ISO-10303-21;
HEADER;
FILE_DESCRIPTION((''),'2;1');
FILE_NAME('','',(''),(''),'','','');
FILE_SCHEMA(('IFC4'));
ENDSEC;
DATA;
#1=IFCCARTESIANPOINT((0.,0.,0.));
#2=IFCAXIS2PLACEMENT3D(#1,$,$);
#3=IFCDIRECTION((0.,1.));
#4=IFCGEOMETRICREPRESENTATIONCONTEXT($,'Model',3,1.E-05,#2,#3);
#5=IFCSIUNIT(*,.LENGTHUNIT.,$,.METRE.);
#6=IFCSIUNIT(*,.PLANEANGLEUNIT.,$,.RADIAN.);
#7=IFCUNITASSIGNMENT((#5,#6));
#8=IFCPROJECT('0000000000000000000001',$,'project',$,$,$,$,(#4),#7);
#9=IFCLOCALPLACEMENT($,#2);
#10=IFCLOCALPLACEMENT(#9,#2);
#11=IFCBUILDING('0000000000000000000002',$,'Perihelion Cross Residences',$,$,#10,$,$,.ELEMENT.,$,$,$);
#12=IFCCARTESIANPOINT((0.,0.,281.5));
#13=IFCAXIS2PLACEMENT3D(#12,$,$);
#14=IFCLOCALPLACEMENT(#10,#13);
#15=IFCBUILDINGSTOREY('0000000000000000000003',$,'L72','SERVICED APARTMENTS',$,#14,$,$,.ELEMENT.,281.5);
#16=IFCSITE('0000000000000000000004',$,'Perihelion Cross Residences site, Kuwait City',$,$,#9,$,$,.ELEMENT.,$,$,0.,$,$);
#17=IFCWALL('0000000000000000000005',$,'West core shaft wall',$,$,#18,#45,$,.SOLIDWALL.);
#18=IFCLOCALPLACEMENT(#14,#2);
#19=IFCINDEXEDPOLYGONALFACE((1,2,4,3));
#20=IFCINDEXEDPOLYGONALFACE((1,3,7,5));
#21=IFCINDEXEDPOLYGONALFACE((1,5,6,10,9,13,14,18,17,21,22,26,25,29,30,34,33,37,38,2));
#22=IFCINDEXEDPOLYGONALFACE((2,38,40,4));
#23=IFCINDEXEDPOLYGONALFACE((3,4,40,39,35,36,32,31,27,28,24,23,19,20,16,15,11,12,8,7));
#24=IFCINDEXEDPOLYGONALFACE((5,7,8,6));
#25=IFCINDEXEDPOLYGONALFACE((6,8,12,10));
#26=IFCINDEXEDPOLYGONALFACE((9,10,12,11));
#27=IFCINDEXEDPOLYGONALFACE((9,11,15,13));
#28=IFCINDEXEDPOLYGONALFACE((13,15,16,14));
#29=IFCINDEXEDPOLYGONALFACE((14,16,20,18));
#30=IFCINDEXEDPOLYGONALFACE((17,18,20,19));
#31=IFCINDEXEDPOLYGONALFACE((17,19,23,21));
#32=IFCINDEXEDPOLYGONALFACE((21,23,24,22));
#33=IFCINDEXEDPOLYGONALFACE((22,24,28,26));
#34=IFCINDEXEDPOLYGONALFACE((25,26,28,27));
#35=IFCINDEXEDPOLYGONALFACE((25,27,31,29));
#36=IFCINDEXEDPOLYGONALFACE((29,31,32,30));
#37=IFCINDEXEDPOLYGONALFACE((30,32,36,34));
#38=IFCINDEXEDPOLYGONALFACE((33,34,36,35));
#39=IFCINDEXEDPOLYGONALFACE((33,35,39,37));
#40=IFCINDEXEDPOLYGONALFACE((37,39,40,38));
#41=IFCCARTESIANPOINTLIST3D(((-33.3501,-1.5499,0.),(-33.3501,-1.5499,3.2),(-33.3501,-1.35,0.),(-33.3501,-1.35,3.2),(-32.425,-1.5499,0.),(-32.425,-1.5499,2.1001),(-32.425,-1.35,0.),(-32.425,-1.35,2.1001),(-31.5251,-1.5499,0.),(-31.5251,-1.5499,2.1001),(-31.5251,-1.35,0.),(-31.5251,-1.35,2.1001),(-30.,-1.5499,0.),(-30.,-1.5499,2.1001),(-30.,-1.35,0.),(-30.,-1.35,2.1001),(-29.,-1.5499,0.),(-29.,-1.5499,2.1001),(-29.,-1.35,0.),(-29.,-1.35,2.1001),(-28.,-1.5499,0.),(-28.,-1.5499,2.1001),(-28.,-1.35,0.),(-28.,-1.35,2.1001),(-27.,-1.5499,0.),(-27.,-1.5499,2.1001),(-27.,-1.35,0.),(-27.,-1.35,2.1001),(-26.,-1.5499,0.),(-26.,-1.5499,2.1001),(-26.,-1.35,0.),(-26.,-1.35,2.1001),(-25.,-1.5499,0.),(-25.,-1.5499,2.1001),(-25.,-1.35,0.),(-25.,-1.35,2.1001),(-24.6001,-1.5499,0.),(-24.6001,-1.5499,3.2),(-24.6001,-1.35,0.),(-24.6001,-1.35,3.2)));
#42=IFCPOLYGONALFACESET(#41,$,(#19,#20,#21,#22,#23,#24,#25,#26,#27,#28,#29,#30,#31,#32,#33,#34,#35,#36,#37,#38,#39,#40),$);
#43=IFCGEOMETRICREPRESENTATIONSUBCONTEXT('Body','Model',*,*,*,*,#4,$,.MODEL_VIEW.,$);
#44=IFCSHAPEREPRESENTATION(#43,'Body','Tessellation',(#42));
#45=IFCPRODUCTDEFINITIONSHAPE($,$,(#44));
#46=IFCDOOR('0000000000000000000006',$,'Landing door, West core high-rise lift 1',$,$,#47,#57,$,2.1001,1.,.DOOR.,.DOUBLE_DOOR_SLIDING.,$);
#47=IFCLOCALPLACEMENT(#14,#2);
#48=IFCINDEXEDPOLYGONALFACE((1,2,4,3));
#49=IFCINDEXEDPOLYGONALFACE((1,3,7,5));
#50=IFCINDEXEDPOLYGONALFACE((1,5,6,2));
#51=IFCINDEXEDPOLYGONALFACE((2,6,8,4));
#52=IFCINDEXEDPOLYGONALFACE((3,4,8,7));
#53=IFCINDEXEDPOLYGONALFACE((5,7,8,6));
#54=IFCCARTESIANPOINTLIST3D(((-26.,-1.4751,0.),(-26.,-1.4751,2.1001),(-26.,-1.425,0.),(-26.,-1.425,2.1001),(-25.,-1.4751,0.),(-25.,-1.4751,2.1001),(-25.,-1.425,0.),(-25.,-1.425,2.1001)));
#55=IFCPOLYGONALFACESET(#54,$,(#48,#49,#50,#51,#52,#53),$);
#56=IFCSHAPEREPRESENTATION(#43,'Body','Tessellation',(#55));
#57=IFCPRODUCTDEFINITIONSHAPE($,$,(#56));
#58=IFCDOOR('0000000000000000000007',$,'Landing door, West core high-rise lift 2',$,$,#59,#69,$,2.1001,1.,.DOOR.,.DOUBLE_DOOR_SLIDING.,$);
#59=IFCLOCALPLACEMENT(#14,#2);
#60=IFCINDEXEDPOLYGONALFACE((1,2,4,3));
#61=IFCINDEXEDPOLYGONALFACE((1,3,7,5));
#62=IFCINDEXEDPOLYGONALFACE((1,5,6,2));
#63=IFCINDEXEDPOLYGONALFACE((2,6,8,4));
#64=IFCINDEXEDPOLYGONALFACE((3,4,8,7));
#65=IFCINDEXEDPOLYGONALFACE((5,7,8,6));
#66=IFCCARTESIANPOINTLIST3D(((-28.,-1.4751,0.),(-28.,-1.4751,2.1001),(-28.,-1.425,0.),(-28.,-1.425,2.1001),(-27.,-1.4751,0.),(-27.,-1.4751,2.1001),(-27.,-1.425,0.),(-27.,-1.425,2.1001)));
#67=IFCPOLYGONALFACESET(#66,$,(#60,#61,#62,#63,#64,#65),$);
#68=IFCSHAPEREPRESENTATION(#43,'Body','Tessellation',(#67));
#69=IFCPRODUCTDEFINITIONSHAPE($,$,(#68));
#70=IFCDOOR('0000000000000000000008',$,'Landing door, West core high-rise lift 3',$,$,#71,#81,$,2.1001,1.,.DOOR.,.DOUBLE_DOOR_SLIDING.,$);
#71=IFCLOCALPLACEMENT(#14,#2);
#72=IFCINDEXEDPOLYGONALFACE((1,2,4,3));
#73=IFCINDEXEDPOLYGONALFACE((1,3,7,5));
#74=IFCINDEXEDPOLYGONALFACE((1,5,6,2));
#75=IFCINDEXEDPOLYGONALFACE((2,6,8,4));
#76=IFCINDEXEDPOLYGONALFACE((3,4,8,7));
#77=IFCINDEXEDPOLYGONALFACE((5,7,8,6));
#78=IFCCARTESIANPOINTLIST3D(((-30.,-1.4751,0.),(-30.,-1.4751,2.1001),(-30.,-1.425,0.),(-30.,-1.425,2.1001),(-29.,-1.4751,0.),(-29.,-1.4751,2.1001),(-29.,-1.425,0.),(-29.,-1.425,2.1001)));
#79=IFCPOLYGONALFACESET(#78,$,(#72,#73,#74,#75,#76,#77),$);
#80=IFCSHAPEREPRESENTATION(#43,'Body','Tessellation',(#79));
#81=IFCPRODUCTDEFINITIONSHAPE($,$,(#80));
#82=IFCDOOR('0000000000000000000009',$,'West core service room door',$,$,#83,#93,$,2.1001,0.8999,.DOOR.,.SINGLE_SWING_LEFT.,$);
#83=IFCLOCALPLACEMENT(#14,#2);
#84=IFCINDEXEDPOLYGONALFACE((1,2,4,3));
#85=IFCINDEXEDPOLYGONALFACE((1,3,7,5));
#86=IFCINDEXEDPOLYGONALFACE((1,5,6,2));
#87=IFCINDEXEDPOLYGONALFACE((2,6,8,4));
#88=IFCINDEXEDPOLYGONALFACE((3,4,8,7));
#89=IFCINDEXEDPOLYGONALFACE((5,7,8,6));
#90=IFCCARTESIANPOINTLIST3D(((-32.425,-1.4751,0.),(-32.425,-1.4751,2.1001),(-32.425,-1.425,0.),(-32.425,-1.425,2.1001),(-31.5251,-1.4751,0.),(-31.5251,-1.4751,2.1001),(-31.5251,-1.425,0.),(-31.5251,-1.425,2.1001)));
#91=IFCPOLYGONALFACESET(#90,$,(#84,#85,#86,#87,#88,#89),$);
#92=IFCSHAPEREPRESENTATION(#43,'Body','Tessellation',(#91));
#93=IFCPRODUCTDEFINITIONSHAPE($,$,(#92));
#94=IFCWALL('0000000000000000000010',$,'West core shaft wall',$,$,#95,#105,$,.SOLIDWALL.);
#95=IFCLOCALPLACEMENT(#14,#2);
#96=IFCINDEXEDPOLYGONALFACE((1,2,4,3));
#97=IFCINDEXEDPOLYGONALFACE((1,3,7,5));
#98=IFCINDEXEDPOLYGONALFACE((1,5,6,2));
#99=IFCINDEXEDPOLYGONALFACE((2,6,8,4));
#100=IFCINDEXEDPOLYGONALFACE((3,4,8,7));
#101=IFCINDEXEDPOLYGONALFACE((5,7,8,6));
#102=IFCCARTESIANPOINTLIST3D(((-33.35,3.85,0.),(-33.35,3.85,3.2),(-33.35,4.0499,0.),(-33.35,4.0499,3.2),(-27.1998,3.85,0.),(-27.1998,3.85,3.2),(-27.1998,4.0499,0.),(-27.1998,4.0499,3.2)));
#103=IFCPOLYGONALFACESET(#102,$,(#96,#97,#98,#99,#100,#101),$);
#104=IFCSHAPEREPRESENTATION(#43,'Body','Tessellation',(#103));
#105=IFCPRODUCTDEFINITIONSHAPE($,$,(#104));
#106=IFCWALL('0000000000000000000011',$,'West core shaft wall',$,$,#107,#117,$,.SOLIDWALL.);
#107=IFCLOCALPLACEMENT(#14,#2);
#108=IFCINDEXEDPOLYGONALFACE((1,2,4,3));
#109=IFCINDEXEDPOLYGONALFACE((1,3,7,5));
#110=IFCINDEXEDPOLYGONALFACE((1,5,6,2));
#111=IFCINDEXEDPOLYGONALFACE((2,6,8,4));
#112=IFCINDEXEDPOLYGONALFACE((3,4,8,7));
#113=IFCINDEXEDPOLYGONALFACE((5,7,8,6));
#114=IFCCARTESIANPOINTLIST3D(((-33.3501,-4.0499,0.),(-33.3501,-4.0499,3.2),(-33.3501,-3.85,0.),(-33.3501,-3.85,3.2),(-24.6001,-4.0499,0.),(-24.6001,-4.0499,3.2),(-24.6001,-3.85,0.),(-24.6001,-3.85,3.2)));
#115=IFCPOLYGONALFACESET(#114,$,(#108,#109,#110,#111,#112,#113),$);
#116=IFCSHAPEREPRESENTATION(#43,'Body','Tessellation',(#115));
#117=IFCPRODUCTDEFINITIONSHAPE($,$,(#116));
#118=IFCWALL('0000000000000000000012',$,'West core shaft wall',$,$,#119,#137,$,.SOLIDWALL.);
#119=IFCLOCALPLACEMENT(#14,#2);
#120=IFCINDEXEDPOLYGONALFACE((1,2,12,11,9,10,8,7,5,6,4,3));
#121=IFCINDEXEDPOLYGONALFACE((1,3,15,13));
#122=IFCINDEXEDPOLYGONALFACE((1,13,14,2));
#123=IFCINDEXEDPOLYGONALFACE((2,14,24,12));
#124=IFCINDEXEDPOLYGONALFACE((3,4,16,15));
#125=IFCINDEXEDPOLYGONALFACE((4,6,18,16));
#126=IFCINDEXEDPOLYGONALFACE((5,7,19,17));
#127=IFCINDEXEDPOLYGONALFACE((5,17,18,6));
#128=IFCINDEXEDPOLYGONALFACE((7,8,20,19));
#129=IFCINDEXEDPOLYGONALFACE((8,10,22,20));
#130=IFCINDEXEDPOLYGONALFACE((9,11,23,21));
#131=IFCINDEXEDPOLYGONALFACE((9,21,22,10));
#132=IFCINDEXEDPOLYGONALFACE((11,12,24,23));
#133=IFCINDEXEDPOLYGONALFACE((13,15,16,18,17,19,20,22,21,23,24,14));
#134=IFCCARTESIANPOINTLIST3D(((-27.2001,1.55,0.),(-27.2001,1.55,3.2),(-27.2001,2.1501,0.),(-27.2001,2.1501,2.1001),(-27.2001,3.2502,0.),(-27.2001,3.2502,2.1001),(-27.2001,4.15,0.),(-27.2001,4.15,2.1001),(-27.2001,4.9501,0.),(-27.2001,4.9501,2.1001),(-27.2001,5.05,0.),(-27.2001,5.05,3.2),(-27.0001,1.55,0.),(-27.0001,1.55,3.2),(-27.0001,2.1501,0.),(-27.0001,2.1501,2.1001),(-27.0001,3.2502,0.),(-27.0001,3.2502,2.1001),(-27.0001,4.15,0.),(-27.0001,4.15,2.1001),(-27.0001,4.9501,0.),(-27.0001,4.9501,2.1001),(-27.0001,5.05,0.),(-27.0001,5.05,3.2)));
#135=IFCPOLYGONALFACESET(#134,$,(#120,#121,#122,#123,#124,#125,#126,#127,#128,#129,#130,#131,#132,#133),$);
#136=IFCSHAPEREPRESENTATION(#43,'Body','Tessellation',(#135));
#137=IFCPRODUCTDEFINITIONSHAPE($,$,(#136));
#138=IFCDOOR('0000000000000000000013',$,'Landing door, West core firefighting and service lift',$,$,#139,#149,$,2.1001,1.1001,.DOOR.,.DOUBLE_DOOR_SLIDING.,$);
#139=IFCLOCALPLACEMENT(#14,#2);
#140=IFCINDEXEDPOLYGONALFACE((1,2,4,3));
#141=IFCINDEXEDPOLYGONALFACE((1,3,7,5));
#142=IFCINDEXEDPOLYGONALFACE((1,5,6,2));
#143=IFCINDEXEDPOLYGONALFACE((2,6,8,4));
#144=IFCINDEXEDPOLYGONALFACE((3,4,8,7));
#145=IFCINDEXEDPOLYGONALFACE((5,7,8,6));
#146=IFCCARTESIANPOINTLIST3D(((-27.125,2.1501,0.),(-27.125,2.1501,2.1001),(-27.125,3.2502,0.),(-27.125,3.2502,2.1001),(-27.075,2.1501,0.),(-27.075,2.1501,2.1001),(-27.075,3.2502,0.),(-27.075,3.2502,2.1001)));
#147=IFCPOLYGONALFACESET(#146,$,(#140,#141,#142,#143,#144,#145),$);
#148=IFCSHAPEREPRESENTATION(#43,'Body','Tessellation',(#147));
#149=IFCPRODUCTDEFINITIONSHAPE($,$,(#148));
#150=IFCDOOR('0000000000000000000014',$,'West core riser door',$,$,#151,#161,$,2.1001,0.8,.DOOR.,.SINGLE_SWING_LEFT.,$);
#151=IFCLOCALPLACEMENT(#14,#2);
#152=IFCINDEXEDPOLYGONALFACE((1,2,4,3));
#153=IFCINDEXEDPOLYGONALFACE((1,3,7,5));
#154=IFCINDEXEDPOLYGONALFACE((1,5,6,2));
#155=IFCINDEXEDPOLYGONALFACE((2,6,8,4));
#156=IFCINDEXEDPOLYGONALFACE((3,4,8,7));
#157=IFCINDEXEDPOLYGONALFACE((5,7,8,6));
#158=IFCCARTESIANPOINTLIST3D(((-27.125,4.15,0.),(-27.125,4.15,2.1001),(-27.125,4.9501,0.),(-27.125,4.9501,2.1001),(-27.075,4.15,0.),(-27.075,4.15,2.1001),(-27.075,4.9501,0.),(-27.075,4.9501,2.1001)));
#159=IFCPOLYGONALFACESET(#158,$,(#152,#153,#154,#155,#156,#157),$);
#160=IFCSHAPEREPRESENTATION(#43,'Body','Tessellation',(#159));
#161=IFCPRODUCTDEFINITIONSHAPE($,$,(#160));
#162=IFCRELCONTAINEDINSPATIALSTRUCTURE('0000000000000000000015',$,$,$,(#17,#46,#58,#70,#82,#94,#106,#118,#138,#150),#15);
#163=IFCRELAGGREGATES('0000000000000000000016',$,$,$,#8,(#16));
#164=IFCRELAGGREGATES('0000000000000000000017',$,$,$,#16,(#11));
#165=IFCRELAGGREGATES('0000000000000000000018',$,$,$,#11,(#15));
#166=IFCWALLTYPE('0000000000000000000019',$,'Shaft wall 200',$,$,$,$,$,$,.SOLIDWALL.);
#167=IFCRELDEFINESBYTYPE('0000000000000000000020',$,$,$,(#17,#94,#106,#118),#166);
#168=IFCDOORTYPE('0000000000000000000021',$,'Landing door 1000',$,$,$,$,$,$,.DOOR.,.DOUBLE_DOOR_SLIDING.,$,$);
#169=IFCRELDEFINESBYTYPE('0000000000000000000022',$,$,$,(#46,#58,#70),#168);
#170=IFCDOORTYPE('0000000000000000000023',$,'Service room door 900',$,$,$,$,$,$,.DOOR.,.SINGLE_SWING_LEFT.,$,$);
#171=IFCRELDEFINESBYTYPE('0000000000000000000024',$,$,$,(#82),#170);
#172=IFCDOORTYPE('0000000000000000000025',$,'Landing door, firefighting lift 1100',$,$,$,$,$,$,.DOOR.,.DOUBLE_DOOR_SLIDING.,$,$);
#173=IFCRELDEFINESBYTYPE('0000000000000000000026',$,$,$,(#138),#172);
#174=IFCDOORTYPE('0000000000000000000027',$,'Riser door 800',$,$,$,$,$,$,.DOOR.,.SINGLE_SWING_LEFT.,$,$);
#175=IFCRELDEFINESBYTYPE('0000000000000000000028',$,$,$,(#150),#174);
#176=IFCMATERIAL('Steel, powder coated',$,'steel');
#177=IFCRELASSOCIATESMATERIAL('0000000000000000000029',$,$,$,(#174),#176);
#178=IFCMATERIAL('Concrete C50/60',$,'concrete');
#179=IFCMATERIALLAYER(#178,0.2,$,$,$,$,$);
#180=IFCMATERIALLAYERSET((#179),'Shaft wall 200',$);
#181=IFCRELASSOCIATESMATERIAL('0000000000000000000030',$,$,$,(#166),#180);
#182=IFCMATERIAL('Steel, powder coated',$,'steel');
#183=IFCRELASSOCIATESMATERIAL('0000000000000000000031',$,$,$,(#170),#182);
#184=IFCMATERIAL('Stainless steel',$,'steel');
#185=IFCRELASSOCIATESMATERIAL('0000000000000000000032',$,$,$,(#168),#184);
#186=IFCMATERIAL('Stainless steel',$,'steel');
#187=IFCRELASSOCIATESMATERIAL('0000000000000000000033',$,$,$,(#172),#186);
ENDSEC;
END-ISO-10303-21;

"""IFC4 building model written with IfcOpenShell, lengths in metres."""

from ifc_helpers import new_model, si_unit, direction, frame, frame_2d, origin, place, context, subcontext, project, spatial, rectangle, extrude, material, layer, layer_set, type_object, element, fill, save


model = new_model("IFC4")

# Units and contexts
model_context = context("Model", 3, precision=1e-05, world=origin(), true_north=direction((0.0, 1.0)))
body_context = subcontext(model_context, "Body", "Model", "MODEL_VIEW")
ifc_project = project(units=[si_unit("LENGTHUNIT", "METRE"), si_unit("PLANEANGLEUNIT", "RADIAN")], contexts=[model_context])

# Site, building, storey
site_placement = place(None, origin())
site = spatial("IfcSite", under=ifc_project, at=site_placement, Name="Perihelion Cross Residences site, Kuwait City", CompositionType="ELEMENT", RefElevation=0.0)
building_placement = place(site_placement, origin())
building = spatial("IfcBuilding", under=site, at=building_placement, Name="Perihelion Cross Residences", CompositionType="ELEMENT")
storey_placement = place(building_placement, frame((0.0, 0.0, 281.5)))
storey = spatial("IfcBuildingStorey", under=building, at=storey_placement, Name="L72", Description="SERVICED APARTMENTS", CompositionType="ELEMENT", Elevation=281.5)

# Shared definitions
ifc_material_1 = material(Name="Steel, powder coated", Category="steel")
door_type_1 = type_object("IfcDoorType", Name="Riser door 800", OperationType="SINGLE_SWING_LEFT", PredefinedType="DOOR", material=ifc_material_1)

# Wall, openings, doors
ifc_material_2 = material(Name="Concrete C50/60", Category="concrete")
ifc_layer_1 = layer(ifc_material_2, 0.2)
ifc_layer_set_1 = layer_set([ifc_layer_1], Name="Shaft wall 200")
wall_type_1 = type_object("IfcWallType", Name="Shaft wall 200", PredefinedType="SOLIDWALL", material=ifc_layer_set_1)
ifc_material_3 = material(Name="Steel, powder coated", Category="steel")
door_type_2 = type_object("IfcDoorType", Name="Service room door 900", OperationType="SINGLE_SWING_LEFT", PredefinedType="DOOR", material=ifc_material_3)
wall_1_placement = place(storey_placement, frame((-33.3501, -1.45, 0.0), z_axis=(0.0, 0.0, 1.0), x_axis=(1.0, 0.0, 0.0)))
wall_1 = element("IfcWall", 1, at=wall_1_placement, inside=storey, type_object=wall_type_1, Name="West core shaft wall", PredefinedType="SOLIDWALL", context=body_context, shape_type="SweptSolid", body=[
    extrude(rectangle(XDim=8.75, YDim=0.2, at=frame_2d((4.375, 0.0))), origin(), (0.0, 0.0, 1.0), 3.2),
])
opening_1_placement = place(wall_1_placement, frame((7.3501, 0.0, 0.0)))
opening_1 = element("IfcOpeningElement", 2, at=opening_1_placement, cuts=wall_1, PredefinedType="OPENING", context=body_context, shape_type="SweptSolid", body=[
    extrude(rectangle(XDim=1.0, YDim=2.1001, at=frame_2d((0.5, 1.05))), frame((0.0, 0.1099, 0.0), z_axis=(0.0, -1.0, 0.0), x_axis=(1.0, 0.0, 0.0)), (0.0, 0.0, 1.0), 0.22),
])
opening_2_placement = place(wall_1_placement, frame((5.3501, 0.0, 0.0)))
opening_2 = element("IfcOpeningElement", 3, at=opening_2_placement, cuts=wall_1, PredefinedType="OPENING", context=body_context, shape_type="SweptSolid", body=[
    extrude(rectangle(XDim=1.0, YDim=2.1001, at=frame_2d((0.5, 1.05))), frame((0.0, 0.1099, 0.0), z_axis=(0.0, -1.0, 0.0), x_axis=(1.0, 0.0, 0.0)), (0.0, 0.0, 1.0), 0.22),
])
opening_3_placement = place(wall_1_placement, frame((3.3501, 0.0, 0.0)))
opening_3 = element("IfcOpeningElement", 4, at=opening_3_placement, cuts=wall_1, PredefinedType="OPENING", context=body_context, shape_type="SweptSolid", body=[
    extrude(rectangle(XDim=1.0, YDim=2.1001, at=frame_2d((0.5, 1.05))), frame((0.0, 0.1099, 0.0), z_axis=(0.0, -1.0, 0.0), x_axis=(1.0, 0.0, 0.0)), (0.0, 0.0, 1.0), 0.22),
])
opening_4_placement = place(wall_1_placement, frame((0.925, 0.0, 0.0)))
opening_4 = element("IfcOpeningElement", 5, at=opening_4_placement, cuts=wall_1, PredefinedType="OPENING", context=body_context, shape_type="SweptSolid", body=[
    extrude(rectangle(XDim=0.8999, YDim=2.1001, at=frame_2d((0.45, 1.05))), frame((0.0, 0.1099, 0.0), z_axis=(0.0, -1.0, 0.0), x_axis=(1.0, 0.0, 0.0)), (0.0, 0.0, 1.0), 0.22),
])
ifc_material_4 = material(Name="Stainless steel", Category="steel")
door_type_3 = type_object("IfcDoorType", Name="Landing door 1000", OperationType="DOUBLE_DOOR_SLIDING", PredefinedType="DOOR", material=ifc_material_4)
door_1_placement = place(opening_1_placement, origin())
door_1 = element("IfcDoor", 6, at=door_1_placement, inside=storey, type_object=door_type_3, Name="Landing door, West core high-rise lift 1", OperationType="DOUBLE_DOOR_SLIDING", OverallHeight=2.1001, OverallWidth=1.0, PredefinedType="DOOR", context=body_context, shape_type="SweptSolid", body=[
    extrude(rectangle(XDim=1.0, YDim=2.1001, at=frame_2d((0.5, 1.05))), frame((0.0, 0.0249, 0.0), z_axis=(0.0, -1.0, 0.0), x_axis=(1.0, 0.0, 0.0)), (0.0, 0.0, 1.0), 0.05),
])
fill(opening_1, door_1)
door_2_placement = place(opening_2_placement, origin())
door_2 = element("IfcDoor", 7, at=door_2_placement, inside=storey, type_object=door_type_3, Name="Landing door, West core high-rise lift 2", OperationType="DOUBLE_DOOR_SLIDING", OverallHeight=2.1001, OverallWidth=1.0, PredefinedType="DOOR", context=body_context, shape_type="SweptSolid", body=[
    extrude(rectangle(XDim=1.0, YDim=2.1001, at=frame_2d((0.5, 1.05))), frame((0.0, 0.0249, 0.0), z_axis=(0.0, -1.0, 0.0), x_axis=(1.0, 0.0, 0.0)), (0.0, 0.0, 1.0), 0.05),
])
fill(opening_2, door_2)
door_3_placement = place(opening_3_placement, origin())
door_3 = element("IfcDoor", 8, at=door_3_placement, inside=storey, type_object=door_type_3, Name="Landing door, West core high-rise lift 3", OperationType="DOUBLE_DOOR_SLIDING", OverallHeight=2.1001, OverallWidth=1.0, PredefinedType="DOOR", context=body_context, shape_type="SweptSolid", body=[
    extrude(rectangle(XDim=1.0, YDim=2.1001, at=frame_2d((0.5, 1.05))), frame((0.0, 0.0249, 0.0), z_axis=(0.0, -1.0, 0.0), x_axis=(1.0, 0.0, 0.0)), (0.0, 0.0, 1.0), 0.05),
])
fill(opening_3, door_3)
door_4_placement = place(opening_4_placement, origin())
door_4 = element("IfcDoor", 9, at=door_4_placement, inside=storey, type_object=door_type_2, Name="West core service room door", OperationType="SINGLE_SWING_LEFT", OverallHeight=2.1001, OverallWidth=0.8999, PredefinedType="DOOR", context=body_context, shape_type="SweptSolid", body=[
    extrude(rectangle(XDim=0.8999, YDim=2.1001, at=frame_2d((0.45, 1.05))), frame((0.0, 0.0249, 0.0), z_axis=(0.0, -1.0, 0.0), x_axis=(1.0, 0.0, 0.0)), (0.0, 0.0, 1.0), 0.05),
])
fill(opening_4, door_4)

# Walls
wall_2_placement = place(storey_placement, frame((-33.3501, 3.95, 0.0), z_axis=(0.0, 0.0, 1.0), x_axis=(1.0, 0.0, 0.0)))
element("IfcWall", 10, at=wall_2_placement, inside=storey, type_object=wall_type_1, Name="West core shaft wall", PredefinedType="SOLIDWALL", context=body_context, shape_type="SweptSolid", body=[
    extrude(rectangle(XDim=6.1501, YDim=0.2, at=frame_2d((3.0752, 0.0))), origin(), (0.0, 0.0, 1.0), 3.2),
])
wall_3_placement = place(storey_placement, frame((-33.3501, -3.95, 0.0), z_axis=(0.0, 0.0, 1.0), x_axis=(1.0, 0.0, 0.0)))
element("IfcWall", 11, at=wall_3_placement, inside=storey, type_object=wall_type_1, Name="West core shaft wall", PredefinedType="SOLIDWALL", context=body_context, shape_type="SweptSolid", body=[
    extrude(rectangle(XDim=8.75, YDim=0.2, at=frame_2d((4.375, 0.0))), origin(), (0.0, 0.0, 1.0), 3.2),
])

# Wall, openings, doors
wall_4_placement = place(storey_placement, frame((-27.1001, 1.55, 0.0), z_axis=(0.0, 0.0, 1.0), x_axis=(0.0, 1.0, 0.0)))
wall_4 = element("IfcWall", 12, at=wall_4_placement, inside=storey, type_object=wall_type_1, Name="West core shaft wall", PredefinedType="SOLIDWALL", context=body_context, shape_type="SweptSolid", body=[
    extrude(rectangle(XDim=3.5, YDim=0.2, at=frame_2d((1.75, 0.0))), origin(), (0.0, 0.0, 1.0), 3.2),
])
opening_5_placement = place(wall_4_placement, frame((0.6001, 0.0, 0.0)))
opening_5 = element("IfcOpeningElement", 13, at=opening_5_placement, cuts=wall_4, PredefinedType="OPENING", context=body_context, shape_type="SweptSolid", body=[
    extrude(rectangle(XDim=1.1001, YDim=2.1001, at=frame_2d((0.55, 1.05))), frame((0.0, 0.1099, 0.0), z_axis=(0.0, -1.0, 0.0), x_axis=(1.0, 0.0, 0.0)), (0.0, 0.0, 1.0), 0.22),
])
opening_6_placement = place(wall_4_placement, frame((2.6001, 0.0, 0.0)))
opening_6 = element("IfcOpeningElement", 14, at=opening_6_placement, cuts=wall_4, PredefinedType="OPENING", context=body_context, shape_type="SweptSolid", body=[
    extrude(rectangle(XDim=0.8, YDim=2.1001, at=frame_2d((0.3999, 1.05))), frame((0.0, 0.1099, 0.0), z_axis=(0.0, -1.0, 0.0), x_axis=(1.0, 0.0, 0.0)), (0.0, 0.0, 1.0), 0.22),
])
ifc_material_5 = material(Name="Stainless steel", Category="steel")
door_type_4 = type_object("IfcDoorType", Name="Landing door, firefighting lift 1100", OperationType="DOUBLE_DOOR_SLIDING", PredefinedType="DOOR", material=ifc_material_5)
door_5_placement = place(opening_5_placement, origin())
door_5 = element("IfcDoor", 15, at=door_5_placement, inside=storey, type_object=door_type_4, Name="Landing door, West core firefighting and service lift", OperationType="DOUBLE_DOOR_SLIDING", OverallHeight=2.1001, OverallWidth=1.1001, PredefinedType="DOOR", context=body_context, shape_type="SweptSolid", body=[
    extrude(rectangle(XDim=1.1001, YDim=2.1001, at=frame_2d((0.55, 1.05))), frame((0.0, 0.0249, 0.0), z_axis=(0.0, -1.0, 0.0), x_axis=(1.0, 0.0, 0.0)), (0.0, 0.0, 1.0), 0.05),
])
fill(opening_5, door_5)
door_6_placement = place(opening_6_placement, origin())
door_6 = element("IfcDoor", 16, at=door_6_placement, inside=storey, type_object=door_type_1, Name="West core riser door", OperationType="SINGLE_SWING_LEFT", OverallHeight=2.1001, OverallWidth=0.8, PredefinedType="DOOR", context=body_context, shape_type="SweptSolid", body=[
    extrude(rectangle(XDim=0.8, YDim=2.1001, at=frame_2d((0.3999, 1.05))), frame((0.0, 0.0249, 0.0), z_axis=(0.0, -1.0, 0.0), x_axis=(1.0, 0.0, 0.0)), (0.0, 0.0, 1.0), 0.05),
])
fill(opening_6, door_6)

save(model, "model.ifc")
